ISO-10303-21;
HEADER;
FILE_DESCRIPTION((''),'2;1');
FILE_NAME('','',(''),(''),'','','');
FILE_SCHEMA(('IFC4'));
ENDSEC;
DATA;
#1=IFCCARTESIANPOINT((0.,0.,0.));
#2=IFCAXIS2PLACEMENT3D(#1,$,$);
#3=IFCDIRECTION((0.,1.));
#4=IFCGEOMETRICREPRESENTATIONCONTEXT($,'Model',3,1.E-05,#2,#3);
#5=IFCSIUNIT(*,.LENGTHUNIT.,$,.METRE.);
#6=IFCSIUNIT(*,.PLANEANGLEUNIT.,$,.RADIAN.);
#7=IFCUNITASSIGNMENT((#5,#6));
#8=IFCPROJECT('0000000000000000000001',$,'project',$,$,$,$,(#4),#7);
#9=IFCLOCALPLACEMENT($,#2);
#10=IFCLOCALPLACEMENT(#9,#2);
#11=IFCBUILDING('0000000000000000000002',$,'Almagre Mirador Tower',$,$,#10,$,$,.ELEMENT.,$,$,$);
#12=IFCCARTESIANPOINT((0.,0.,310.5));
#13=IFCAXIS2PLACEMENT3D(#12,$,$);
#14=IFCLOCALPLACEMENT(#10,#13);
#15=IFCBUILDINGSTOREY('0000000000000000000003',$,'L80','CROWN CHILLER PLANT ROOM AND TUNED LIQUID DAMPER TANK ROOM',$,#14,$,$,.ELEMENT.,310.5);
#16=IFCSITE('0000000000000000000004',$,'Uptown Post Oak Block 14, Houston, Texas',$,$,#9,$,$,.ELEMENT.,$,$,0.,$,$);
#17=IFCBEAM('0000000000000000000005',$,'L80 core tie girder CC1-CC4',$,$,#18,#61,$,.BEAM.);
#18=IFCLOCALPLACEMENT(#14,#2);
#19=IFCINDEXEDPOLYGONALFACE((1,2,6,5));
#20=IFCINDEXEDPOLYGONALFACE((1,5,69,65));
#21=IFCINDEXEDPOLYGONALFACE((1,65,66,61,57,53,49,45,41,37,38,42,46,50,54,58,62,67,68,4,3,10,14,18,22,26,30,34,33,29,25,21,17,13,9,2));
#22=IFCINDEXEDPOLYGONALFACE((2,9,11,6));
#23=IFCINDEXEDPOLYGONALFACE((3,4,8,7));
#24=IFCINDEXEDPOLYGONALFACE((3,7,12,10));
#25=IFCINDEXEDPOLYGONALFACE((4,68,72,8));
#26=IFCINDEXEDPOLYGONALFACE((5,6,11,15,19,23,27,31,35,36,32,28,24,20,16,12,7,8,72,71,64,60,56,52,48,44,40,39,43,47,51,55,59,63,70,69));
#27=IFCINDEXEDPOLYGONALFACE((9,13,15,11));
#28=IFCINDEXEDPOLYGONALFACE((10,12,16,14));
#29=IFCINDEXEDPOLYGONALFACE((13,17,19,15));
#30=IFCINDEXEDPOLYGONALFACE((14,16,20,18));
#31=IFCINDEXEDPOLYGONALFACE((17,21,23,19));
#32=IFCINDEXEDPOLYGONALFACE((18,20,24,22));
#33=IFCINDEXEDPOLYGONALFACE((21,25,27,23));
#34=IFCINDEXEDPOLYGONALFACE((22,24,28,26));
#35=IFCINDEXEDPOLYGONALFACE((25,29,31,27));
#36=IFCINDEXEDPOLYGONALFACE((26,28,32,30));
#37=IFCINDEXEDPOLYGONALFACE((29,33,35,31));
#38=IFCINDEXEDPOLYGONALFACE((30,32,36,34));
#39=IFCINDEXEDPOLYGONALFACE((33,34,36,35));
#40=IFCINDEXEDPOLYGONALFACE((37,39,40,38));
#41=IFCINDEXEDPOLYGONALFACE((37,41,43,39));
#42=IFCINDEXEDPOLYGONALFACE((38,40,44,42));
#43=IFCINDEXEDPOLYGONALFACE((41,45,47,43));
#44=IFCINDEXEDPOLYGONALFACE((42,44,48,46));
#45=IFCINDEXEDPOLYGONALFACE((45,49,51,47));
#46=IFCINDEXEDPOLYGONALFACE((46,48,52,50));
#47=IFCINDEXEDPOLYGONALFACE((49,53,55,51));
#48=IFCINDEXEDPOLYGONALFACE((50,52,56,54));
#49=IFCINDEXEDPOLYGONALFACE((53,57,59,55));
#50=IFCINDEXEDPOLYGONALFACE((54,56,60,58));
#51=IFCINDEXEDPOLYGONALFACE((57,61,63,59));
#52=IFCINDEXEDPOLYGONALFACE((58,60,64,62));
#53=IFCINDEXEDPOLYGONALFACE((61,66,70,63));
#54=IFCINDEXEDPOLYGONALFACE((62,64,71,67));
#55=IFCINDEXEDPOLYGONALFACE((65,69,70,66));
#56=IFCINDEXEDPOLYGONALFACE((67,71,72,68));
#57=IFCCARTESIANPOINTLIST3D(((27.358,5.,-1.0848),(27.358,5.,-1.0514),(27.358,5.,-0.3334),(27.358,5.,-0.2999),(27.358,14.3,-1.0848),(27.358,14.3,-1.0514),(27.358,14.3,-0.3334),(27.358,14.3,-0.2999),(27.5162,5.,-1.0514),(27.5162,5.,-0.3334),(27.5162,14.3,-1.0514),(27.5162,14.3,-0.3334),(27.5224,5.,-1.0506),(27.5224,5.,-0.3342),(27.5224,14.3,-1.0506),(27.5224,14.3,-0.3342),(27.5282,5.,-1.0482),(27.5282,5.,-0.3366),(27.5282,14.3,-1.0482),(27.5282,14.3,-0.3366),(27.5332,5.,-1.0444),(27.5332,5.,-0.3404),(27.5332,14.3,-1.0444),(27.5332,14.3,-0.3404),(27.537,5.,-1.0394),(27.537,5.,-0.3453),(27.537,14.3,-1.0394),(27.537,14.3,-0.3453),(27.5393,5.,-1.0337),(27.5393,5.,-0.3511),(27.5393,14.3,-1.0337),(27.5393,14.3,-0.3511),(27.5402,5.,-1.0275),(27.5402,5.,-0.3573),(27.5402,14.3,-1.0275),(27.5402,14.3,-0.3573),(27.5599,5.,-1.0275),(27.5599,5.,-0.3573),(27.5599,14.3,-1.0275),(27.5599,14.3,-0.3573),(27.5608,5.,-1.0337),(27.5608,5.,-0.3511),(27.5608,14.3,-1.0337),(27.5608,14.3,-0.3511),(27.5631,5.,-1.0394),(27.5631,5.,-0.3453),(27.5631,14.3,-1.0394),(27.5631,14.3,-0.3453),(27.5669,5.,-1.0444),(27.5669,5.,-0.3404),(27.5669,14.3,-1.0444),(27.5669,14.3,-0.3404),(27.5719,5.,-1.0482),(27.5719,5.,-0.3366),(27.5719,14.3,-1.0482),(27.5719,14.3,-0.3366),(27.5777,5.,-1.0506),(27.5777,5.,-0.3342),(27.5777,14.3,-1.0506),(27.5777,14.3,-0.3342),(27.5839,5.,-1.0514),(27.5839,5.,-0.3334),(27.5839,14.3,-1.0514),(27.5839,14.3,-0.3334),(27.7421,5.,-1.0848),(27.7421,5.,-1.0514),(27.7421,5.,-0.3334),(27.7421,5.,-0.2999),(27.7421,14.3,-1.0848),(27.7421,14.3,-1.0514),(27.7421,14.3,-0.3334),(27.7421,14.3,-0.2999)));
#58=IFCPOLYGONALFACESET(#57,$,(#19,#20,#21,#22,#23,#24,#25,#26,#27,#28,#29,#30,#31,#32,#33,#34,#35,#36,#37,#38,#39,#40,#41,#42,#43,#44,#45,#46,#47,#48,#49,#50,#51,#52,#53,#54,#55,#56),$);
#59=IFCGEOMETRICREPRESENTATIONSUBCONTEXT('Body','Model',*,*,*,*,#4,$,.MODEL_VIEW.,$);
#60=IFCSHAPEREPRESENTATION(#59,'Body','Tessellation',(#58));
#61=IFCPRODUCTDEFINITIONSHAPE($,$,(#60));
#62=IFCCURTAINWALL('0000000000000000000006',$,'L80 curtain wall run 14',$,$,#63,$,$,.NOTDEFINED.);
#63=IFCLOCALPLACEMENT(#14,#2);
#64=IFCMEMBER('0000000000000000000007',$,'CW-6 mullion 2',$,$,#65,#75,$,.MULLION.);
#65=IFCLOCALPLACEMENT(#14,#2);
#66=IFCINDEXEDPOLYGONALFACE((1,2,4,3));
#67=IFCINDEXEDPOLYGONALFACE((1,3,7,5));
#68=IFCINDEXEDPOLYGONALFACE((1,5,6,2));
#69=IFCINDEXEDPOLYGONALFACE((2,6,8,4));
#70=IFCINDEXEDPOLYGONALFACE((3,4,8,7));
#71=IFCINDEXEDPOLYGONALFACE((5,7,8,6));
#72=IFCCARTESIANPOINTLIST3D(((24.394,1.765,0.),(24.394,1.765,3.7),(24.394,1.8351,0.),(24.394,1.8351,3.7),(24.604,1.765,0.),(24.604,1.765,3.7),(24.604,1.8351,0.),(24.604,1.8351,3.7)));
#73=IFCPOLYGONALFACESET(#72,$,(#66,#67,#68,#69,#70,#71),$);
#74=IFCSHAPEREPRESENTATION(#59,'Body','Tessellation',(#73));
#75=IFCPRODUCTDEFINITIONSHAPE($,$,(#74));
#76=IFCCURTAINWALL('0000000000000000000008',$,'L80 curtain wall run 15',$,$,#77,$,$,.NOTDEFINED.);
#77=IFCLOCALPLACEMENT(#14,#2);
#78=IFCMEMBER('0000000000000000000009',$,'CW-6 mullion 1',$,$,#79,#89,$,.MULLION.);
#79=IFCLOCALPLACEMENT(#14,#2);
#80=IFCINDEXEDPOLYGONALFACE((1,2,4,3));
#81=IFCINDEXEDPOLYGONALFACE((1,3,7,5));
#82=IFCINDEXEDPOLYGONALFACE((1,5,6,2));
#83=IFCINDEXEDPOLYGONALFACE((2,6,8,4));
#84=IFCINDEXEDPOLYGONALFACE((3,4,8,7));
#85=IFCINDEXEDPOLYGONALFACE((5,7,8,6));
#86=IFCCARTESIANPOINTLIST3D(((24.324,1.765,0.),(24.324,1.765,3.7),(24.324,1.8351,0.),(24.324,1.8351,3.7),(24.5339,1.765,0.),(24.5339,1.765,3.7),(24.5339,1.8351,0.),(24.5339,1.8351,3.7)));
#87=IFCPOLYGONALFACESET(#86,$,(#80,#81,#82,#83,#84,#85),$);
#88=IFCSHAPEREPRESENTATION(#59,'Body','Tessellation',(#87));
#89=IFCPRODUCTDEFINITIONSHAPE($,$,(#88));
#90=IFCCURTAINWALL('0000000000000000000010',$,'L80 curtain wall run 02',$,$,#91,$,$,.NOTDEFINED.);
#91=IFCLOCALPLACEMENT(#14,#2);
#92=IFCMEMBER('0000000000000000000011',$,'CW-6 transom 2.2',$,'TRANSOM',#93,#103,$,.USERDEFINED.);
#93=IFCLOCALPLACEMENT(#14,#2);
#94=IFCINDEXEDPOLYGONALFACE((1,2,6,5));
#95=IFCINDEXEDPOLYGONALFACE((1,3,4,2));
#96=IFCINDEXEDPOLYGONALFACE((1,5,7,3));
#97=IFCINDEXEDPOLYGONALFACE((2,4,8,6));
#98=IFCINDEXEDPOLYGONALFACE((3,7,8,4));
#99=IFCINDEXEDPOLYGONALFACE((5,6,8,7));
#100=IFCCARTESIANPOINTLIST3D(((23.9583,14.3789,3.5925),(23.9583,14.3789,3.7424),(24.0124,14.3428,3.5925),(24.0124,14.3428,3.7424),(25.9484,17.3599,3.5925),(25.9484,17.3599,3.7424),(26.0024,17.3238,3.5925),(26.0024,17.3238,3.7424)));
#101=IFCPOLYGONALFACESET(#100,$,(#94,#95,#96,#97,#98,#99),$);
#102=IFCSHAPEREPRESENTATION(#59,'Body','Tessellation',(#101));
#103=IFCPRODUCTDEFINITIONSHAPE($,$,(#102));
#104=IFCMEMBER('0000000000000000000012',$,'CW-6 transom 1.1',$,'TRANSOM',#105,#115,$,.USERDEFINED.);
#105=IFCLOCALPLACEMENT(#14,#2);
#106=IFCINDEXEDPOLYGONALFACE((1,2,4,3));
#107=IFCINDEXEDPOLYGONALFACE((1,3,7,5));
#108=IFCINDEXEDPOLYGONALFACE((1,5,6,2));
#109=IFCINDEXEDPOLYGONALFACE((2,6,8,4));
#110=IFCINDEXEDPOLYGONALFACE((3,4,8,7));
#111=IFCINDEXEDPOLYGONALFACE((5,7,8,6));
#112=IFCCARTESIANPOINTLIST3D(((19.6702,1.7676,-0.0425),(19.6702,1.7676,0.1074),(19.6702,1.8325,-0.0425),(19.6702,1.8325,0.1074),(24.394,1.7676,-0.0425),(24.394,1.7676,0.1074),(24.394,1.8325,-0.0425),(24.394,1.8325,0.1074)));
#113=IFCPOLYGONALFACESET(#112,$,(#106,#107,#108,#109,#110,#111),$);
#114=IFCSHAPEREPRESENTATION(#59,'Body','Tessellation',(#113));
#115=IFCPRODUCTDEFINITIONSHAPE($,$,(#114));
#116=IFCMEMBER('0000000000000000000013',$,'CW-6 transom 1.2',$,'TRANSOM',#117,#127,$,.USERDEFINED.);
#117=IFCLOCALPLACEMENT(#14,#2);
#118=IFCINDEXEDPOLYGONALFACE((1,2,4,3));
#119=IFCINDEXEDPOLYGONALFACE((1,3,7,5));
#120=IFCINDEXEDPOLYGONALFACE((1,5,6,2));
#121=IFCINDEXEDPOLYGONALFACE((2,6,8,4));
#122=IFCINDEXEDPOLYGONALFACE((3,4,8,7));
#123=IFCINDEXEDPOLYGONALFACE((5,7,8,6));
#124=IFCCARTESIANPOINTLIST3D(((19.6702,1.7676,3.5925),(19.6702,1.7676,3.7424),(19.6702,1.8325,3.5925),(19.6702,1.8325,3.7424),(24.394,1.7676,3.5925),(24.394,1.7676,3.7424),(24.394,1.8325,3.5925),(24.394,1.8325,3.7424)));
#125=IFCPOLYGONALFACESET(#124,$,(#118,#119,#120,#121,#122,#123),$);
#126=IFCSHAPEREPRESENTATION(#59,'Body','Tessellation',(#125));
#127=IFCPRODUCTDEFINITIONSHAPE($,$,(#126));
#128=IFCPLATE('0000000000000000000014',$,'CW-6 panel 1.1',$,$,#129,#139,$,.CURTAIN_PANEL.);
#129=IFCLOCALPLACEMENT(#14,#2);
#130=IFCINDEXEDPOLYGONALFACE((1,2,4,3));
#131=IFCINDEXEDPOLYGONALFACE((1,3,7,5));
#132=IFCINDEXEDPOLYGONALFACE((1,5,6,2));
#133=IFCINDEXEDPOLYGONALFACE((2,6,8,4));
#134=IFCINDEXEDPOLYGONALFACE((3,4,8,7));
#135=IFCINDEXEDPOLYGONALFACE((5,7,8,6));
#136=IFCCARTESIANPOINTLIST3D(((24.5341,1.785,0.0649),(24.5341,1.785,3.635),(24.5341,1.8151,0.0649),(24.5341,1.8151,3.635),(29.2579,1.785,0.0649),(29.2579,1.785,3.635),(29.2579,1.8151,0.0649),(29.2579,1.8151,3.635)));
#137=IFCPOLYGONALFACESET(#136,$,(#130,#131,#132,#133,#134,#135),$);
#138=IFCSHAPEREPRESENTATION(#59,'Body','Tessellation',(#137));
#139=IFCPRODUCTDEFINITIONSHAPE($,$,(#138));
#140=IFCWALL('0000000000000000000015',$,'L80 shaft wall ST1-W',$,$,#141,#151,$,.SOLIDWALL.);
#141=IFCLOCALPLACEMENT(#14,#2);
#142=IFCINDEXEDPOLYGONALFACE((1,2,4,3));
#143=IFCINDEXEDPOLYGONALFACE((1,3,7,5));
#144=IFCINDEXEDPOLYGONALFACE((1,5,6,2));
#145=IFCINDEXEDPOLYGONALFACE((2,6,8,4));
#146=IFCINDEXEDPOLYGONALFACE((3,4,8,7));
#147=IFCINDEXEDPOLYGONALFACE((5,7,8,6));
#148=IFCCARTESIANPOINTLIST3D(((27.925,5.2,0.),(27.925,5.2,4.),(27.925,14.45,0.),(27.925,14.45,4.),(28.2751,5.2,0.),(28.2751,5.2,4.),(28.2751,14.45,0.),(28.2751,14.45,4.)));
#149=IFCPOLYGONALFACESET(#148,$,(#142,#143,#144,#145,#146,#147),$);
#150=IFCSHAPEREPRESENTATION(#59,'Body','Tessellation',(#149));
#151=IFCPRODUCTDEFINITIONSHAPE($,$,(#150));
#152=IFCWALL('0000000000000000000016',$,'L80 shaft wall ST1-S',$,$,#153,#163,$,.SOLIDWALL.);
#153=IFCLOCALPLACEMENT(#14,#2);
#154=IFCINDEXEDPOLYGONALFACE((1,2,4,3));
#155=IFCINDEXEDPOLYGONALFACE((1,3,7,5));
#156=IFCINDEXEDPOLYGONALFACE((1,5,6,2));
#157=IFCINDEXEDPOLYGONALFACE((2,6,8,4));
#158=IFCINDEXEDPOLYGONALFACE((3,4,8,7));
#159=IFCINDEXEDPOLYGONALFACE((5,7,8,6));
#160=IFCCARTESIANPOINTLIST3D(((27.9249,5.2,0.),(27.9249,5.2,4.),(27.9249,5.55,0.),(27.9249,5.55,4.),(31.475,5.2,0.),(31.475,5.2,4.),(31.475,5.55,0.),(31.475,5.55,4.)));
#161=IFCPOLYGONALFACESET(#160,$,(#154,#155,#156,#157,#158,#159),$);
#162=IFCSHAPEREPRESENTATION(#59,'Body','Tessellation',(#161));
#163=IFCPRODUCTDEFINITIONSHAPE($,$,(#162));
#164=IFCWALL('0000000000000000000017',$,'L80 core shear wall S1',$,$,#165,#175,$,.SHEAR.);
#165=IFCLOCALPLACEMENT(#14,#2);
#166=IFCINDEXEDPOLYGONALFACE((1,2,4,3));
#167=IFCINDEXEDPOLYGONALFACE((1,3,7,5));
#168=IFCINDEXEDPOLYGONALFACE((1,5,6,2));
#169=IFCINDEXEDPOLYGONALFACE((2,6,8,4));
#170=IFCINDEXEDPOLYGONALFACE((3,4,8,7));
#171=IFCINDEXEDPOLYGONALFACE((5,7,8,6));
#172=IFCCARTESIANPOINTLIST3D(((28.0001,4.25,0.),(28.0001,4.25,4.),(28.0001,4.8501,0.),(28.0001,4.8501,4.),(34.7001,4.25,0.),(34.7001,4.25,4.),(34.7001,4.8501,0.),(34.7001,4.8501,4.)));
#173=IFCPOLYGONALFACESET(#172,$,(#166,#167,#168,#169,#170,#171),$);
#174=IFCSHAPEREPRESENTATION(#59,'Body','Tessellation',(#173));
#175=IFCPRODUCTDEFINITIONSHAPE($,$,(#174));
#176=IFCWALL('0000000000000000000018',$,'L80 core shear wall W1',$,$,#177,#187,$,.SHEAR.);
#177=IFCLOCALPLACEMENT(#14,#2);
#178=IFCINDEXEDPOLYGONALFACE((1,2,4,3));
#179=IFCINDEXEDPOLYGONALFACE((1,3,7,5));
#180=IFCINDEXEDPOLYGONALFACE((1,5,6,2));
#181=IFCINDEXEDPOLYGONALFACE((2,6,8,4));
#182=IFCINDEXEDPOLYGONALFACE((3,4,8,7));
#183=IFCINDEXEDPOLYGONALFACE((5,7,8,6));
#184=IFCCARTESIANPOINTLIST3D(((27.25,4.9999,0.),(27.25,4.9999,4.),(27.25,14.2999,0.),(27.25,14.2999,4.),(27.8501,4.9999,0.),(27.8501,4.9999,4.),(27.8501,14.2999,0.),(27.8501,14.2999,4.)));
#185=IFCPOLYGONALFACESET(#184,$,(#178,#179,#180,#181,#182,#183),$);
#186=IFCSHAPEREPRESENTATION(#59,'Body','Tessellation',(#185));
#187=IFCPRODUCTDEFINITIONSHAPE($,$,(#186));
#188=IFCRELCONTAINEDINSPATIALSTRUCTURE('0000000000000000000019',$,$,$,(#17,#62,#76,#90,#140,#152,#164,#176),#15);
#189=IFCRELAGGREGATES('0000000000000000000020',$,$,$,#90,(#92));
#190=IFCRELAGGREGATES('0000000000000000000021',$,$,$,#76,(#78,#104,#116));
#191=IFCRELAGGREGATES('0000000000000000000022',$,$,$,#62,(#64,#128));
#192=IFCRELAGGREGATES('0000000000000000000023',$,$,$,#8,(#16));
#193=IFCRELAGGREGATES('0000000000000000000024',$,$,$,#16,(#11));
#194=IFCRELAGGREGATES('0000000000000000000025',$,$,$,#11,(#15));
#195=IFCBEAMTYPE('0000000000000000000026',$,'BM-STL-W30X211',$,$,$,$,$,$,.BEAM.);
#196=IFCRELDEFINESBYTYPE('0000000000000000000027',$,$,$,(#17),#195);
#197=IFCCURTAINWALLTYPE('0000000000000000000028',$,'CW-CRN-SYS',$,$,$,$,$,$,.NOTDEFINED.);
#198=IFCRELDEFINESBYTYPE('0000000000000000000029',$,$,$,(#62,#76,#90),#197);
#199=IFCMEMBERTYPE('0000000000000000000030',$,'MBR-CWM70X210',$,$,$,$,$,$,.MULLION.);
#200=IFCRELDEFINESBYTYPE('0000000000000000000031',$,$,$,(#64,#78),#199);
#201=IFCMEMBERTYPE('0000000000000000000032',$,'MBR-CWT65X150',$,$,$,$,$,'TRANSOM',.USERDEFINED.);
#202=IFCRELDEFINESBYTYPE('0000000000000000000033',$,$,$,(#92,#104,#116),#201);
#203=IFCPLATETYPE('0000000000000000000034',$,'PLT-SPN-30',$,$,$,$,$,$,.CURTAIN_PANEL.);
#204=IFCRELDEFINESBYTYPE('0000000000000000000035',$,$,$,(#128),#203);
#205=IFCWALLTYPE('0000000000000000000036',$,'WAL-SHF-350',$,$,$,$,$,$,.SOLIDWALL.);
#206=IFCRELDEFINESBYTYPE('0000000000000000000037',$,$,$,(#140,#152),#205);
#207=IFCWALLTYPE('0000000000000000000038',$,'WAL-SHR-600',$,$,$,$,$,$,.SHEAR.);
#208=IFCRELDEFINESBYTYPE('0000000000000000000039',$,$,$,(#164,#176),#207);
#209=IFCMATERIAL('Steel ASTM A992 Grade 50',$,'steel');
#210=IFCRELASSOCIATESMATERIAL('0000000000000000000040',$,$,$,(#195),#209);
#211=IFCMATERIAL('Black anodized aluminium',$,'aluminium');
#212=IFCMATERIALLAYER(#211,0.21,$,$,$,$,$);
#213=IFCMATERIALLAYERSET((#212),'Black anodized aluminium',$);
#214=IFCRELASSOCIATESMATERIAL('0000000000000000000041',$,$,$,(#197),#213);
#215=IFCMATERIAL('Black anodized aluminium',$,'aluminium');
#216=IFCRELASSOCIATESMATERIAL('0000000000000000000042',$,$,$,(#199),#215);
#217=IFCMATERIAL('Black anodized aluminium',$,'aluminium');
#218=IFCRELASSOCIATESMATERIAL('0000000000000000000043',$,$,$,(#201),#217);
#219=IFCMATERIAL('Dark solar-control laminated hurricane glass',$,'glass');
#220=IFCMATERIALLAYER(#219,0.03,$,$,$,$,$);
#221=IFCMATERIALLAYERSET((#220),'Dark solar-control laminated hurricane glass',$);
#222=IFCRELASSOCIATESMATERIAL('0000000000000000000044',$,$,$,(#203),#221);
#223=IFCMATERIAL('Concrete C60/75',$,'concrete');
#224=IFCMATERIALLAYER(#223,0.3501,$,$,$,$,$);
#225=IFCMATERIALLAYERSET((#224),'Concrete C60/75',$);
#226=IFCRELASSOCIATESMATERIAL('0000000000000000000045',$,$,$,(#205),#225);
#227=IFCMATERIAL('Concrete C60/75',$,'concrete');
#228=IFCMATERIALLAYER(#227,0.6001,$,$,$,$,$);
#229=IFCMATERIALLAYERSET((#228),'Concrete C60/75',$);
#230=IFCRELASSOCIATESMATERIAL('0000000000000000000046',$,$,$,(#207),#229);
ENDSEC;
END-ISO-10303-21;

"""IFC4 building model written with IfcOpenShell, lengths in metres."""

from ifc_helpers import new_model, si_unit, direction, frame, frame_2d, origin, origin_2d, place, context, subcontext, project, spatial, rectangle, i_section, extrude, material, layer, layer_set, material_profile, profile_set, type_object, element, aggregate, save


model = new_model("IFC4")

# Units and contexts
model_context = context("Model", 3, precision=1e-05, world=origin(), true_north=direction((0.0, 1.0)))
body_context = subcontext(model_context, "Body", "Model", "MODEL_VIEW")
ifc_project = project(units=[si_unit("LENGTHUNIT", "METRE"), si_unit("PLANEANGLEUNIT", "RADIAN")], contexts=[model_context])

# Site, building, storey
site_placement = place(None, origin())
site = spatial("IfcSite", under=ifc_project, at=site_placement, Name="Uptown Post Oak Block 14, Houston, Texas", CompositionType="ELEMENT", RefElevation=0.0)
building_placement = place(site_placement, origin())
building = spatial("IfcBuilding", under=site, at=building_placement, Name="Almagre Mirador Tower", CompositionType="ELEMENT")
storey_placement = place(building_placement, frame((0.0, 0.0, 310.5)))
storey = spatial("IfcBuildingStorey", under=building, at=storey_placement, Name="L80", Description="CROWN CHILLER PLANT ROOM AND TUNED LIQUID DAMPER TANK ROOM", CompositionType="ELEMENT", Elevation=310.5)

# Beam
ifc_material_1 = material(Name="Steel ASTM A992 Grade 50", Category="steel")
ifc_material_profile_1 = material_profile(ifc_material_1, i_section(OverallWidth=0.384, OverallDepth=0.7849, WebThickness=0.0198, FlangeThickness=0.0334, FilletRadius=0.0239, at=origin_2d()), Name="W30X211")
ifc_profile_set_1 = profile_set([ifc_material_profile_1], Name="Steel ASTM A992 Grade 50")
beam_type_1 = type_object("IfcBeamType", Name="BM-STL-W30X211", PredefinedType="BEAM", material=ifc_profile_set_1)
beam_1_placement = place(storey_placement, frame((27.55, 5.0, -0.6924), z_axis=(0.0, 1.0, 0.0), x_axis=(-1.0, 0.0, 0.0)))
element("IfcBeam", 1, at=beam_1_placement, inside=storey, type_object=beam_type_1, Name="L80 core tie girder CC1-CC4", PredefinedType="BEAM", context=body_context, shape_type="SweptSolid", body=[
    extrude(i_section(OverallWidth=0.384, OverallDepth=0.7849, WebThickness=0.0198, FlangeThickness=0.0334, FilletRadius=0.0239, at=origin_2d()), origin(), (0.0, 0.0, 1.0), 9.3),
])

# Curtain walls, members
ifc_material_2 = material(Name="Black anodized aluminium", Category="aluminium")
ifc_layer_1 = layer(ifc_material_2, 0.21)
ifc_layer_set_1 = layer_set([ifc_layer_1], Name="Black anodized aluminium")
curtain_wall_type = type_object("IfcCurtainWallType", Name="CW-CRN-SYS", PredefinedType="NOTDEFINED", material=ifc_layer_set_1)
curtain_wall_1_placement = place(storey_placement, origin())
curtain_wall_1 = element("IfcCurtainWall", 2, at=curtain_wall_1_placement, inside=storey, type_object=curtain_wall_type, Name="L80 curtain wall run 14", PredefinedType="NOTDEFINED")
ifc_material_3 = material(Name="Black anodized aluminium", Category="aluminium")
ifc_material_profile_2 = material_profile(ifc_material_3, rectangle(XDim=0.0701, YDim=0.21, at=origin_2d()), Name="CWM70X210")
ifc_profile_set_2 = profile_set([ifc_material_profile_2], Name="Black anodized aluminium")
member_type_1 = type_object("IfcMemberType", Name="MBR-CWM70X210", PredefinedType="MULLION", material=ifc_profile_set_2)
member_1_placement = place(storey_placement, frame((24.499, 1.8, 0.0), z_axis=(0.0, 0.0, 1.0), x_axis=(0.0, -1.0, 0.0)))
member_1 = element("IfcMember", 3, at=member_1_placement, type_object=member_type_1, Name="CW-6 mullion 2", PredefinedType="MULLION", context=body_context, shape_type="SweptSolid", body=[
    extrude(rectangle(XDim=0.0701, YDim=0.21, at=origin_2d()), origin(), (0.0, 0.0, 1.0), 3.7),
])
curtain_wall_2_placement = place(storey_placement, origin())
curtain_wall_2 = element("IfcCurtainWall", 4, at=curtain_wall_2_placement, inside=storey, type_object=curtain_wall_type, Name="L80 curtain wall run 15", PredefinedType="NOTDEFINED")
member_2_placement = place(storey_placement, frame((24.429, 1.8, 0.0), z_axis=(0.0, 0.0, 1.0), x_axis=(0.0, -1.0, 0.0)))
member_2 = element("IfcMember", 5, at=member_2_placement, type_object=member_type_1, Name="CW-6 mullion 1", PredefinedType="MULLION", context=body_context, shape_type="SweptSolid", body=[
    extrude(rectangle(XDim=0.0701, YDim=0.21, at=origin_2d()), origin(), (0.0, 0.0, 1.0), 3.7),
])
curtain_wall_3_placement = place(storey_placement, origin())
curtain_wall_3 = element("IfcCurtainWall", 6, at=curtain_wall_3_placement, inside=storey, type_object=curtain_wall_type, Name="L80 curtain wall run 02", PredefinedType="NOTDEFINED")
ifc_material_4 = material(Name="Black anodized aluminium", Category="aluminium")
ifc_material_profile_3 = material_profile(ifc_material_4, rectangle(XDim=0.0649, YDim=0.1499, at=origin_2d()), Name="CWT65X150")
ifc_profile_set_3 = profile_set([ifc_material_profile_3], Name="Black anodized aluminium")
member_type_2 = type_object("IfcMemberType", Name="MBR-CWT65X150", ElementType="TRANSOM", PredefinedType="USERDEFINED", material=ifc_profile_set_3)
member_3_placement = place(storey_placement, frame((23.9854, 14.3608, 3.6675), z_axis=(0.555219, 0.831704, 0.0), x_axis=(-0.831704, 0.555219, 0.0)))
member_3 = element("IfcMember", 7, at=member_3_placement, type_object=member_type_2, Name="CW-6 transom 2.2", ObjectType="TRANSOM", PredefinedType="USERDEFINED", context=body_context, shape_type="SweptSolid", body=[
    extrude(rectangle(XDim=0.0649, YDim=0.1499, at=origin_2d()), origin(), (0.0, 0.0, 1.0), 3.5842),
])
aggregate(curtain_wall_3, [member_3])

# Members
member_4_placement = place(storey_placement, frame((24.394, 1.8, 0.0325), z_axis=(-1.0, 0.0, 0.0), x_axis=(0.0, -1.0, 0.0)))
member_4 = element("IfcMember", 8, at=member_4_placement, type_object=member_type_2, Name="CW-6 transom 1.1", ObjectType="TRANSOM", PredefinedType="USERDEFINED", context=body_context, shape_type="SweptSolid", body=[
    extrude(rectangle(XDim=0.0649, YDim=0.1499, at=origin_2d()), origin(), (0.0, 0.0, 1.0), 4.7239),
])
member_5_placement = place(storey_placement, frame((24.394, 1.8, 3.6675), z_axis=(-1.0, 0.0, 0.0), x_axis=(0.0, -1.0, 0.0)))
member_5 = element("IfcMember", 9, at=member_5_placement, type_object=member_type_2, Name="CW-6 transom 1.2", ObjectType="TRANSOM", PredefinedType="USERDEFINED", context=body_context, shape_type="SweptSolid", body=[
    extrude(rectangle(XDim=0.0649, YDim=0.1499, at=origin_2d()), origin(), (0.0, 0.0, 1.0), 4.7239),
])
aggregate(curtain_wall_2, [member_2, member_4, member_5])

# Plate
ifc_material_5 = material(Name="Dark solar-control laminated hurricane glass", Category="glass")
ifc_layer_2 = layer(ifc_material_5, 0.03)
ifc_layer_set_2 = layer_set([ifc_layer_2], Name="Dark solar-control laminated hurricane glass")
plate_type = type_object("IfcPlateType", Name="PLT-SPN-30", PredefinedType="CURTAIN_PANEL", material=ifc_layer_set_2)
plate_placement = place(storey_placement, frame((26.896, 1.8, 0.0649), z_axis=(0.0, 0.0, 1.0), x_axis=(-1.0, 0.0, 0.0)))
plate = element("IfcPlate", 10, at=plate_placement, type_object=plate_type, Name="CW-6 panel 1.1", PredefinedType="CURTAIN_PANEL", context=body_context, shape_type="SweptSolid", body=[
    extrude(rectangle(XDim=4.7239, YDim=0.03, at=origin_2d()), origin(), (0.0, 0.0, 1.0), 3.5701),
])
aggregate(curtain_wall_1, [member_1, plate])

# Walls
ifc_material_6 = material(Name="Concrete C60/75", Category="concrete")
ifc_layer_3 = layer(ifc_material_6, 0.3501)
ifc_layer_set_3 = layer_set([ifc_layer_3], Name="Concrete C60/75")
wall_type_1 = type_object("IfcWallType", Name="WAL-SHF-350", PredefinedType="SOLIDWALL", material=ifc_layer_set_3)
wall_1_placement = place(storey_placement, frame((28.1001, 5.2, 0.0), z_axis=(0.0, 0.0, 1.0), x_axis=(0.0, 1.0, 0.0)))
element("IfcWall", 11, at=wall_1_placement, inside=storey, type_object=wall_type_1, Name="L80 shaft wall ST1-W", PredefinedType="SOLIDWALL", context=body_context, shape_type="SweptSolid", body=[
    extrude(rectangle(XDim=9.25, YDim=0.3501, at=frame_2d((4.625, 0.0))), origin(), (0.0, 0.0, 1.0), 4.0),
])
wall_2_placement = place(storey_placement, frame((27.925, 5.375, 0.0), z_axis=(0.0, 0.0, 1.0), x_axis=(1.0, 0.0, 0.0)))
element("IfcWall", 12, at=wall_2_placement, inside=storey, type_object=wall_type_1, Name="L80 shaft wall ST1-S", PredefinedType="SOLIDWALL", context=body_context, shape_type="SweptSolid", body=[
    extrude(rectangle(XDim=3.55, YDim=0.3501, at=frame_2d((1.7749, 0.0))), origin(), (0.0, 0.0, 1.0), 4.0),
])
ifc_material_7 = material(Name="Concrete C60/75", Category="concrete")
ifc_layer_4 = layer(ifc_material_7, 0.6001)
ifc_layer_set_4 = layer_set([ifc_layer_4], Name="Concrete C60/75")
wall_type_2 = type_object("IfcWallType", Name="WAL-SHR-600", PredefinedType="SHEAR", material=ifc_layer_set_4)
wall_3_placement = place(storey_placement, frame((28.0, 4.55, 0.0), z_axis=(0.0, 0.0, 1.0), x_axis=(1.0, 0.0, 0.0)))
element("IfcWall", 13, at=wall_3_placement, inside=storey, type_object=wall_type_2, Name="L80 core shear wall S1", PredefinedType="SHEAR", context=body_context, shape_type="SweptSolid", body=[
    extrude(rectangle(XDim=6.7, YDim=0.6001, at=frame_2d((3.3501, 0.0))), origin(), (0.0, 0.0, 1.0), 4.0),
])
wall_4_placement = place(storey_placement, frame((27.55, 5.0, 0.0), z_axis=(0.0, 0.0, 1.0), x_axis=(0.0, 1.0, 0.0)))
element("IfcWall", 14, at=wall_4_placement, inside=storey, type_object=wall_type_2, Name="L80 core shear wall W1", PredefinedType="SHEAR", context=body_context, shape_type="SweptSolid", body=[
    extrude(rectangle(XDim=9.3, YDim=0.6001, at=frame_2d((4.6499, 0.0))), origin(), (0.0, 0.0, 1.0), 4.0),
])

save(model, "model.ifc")
